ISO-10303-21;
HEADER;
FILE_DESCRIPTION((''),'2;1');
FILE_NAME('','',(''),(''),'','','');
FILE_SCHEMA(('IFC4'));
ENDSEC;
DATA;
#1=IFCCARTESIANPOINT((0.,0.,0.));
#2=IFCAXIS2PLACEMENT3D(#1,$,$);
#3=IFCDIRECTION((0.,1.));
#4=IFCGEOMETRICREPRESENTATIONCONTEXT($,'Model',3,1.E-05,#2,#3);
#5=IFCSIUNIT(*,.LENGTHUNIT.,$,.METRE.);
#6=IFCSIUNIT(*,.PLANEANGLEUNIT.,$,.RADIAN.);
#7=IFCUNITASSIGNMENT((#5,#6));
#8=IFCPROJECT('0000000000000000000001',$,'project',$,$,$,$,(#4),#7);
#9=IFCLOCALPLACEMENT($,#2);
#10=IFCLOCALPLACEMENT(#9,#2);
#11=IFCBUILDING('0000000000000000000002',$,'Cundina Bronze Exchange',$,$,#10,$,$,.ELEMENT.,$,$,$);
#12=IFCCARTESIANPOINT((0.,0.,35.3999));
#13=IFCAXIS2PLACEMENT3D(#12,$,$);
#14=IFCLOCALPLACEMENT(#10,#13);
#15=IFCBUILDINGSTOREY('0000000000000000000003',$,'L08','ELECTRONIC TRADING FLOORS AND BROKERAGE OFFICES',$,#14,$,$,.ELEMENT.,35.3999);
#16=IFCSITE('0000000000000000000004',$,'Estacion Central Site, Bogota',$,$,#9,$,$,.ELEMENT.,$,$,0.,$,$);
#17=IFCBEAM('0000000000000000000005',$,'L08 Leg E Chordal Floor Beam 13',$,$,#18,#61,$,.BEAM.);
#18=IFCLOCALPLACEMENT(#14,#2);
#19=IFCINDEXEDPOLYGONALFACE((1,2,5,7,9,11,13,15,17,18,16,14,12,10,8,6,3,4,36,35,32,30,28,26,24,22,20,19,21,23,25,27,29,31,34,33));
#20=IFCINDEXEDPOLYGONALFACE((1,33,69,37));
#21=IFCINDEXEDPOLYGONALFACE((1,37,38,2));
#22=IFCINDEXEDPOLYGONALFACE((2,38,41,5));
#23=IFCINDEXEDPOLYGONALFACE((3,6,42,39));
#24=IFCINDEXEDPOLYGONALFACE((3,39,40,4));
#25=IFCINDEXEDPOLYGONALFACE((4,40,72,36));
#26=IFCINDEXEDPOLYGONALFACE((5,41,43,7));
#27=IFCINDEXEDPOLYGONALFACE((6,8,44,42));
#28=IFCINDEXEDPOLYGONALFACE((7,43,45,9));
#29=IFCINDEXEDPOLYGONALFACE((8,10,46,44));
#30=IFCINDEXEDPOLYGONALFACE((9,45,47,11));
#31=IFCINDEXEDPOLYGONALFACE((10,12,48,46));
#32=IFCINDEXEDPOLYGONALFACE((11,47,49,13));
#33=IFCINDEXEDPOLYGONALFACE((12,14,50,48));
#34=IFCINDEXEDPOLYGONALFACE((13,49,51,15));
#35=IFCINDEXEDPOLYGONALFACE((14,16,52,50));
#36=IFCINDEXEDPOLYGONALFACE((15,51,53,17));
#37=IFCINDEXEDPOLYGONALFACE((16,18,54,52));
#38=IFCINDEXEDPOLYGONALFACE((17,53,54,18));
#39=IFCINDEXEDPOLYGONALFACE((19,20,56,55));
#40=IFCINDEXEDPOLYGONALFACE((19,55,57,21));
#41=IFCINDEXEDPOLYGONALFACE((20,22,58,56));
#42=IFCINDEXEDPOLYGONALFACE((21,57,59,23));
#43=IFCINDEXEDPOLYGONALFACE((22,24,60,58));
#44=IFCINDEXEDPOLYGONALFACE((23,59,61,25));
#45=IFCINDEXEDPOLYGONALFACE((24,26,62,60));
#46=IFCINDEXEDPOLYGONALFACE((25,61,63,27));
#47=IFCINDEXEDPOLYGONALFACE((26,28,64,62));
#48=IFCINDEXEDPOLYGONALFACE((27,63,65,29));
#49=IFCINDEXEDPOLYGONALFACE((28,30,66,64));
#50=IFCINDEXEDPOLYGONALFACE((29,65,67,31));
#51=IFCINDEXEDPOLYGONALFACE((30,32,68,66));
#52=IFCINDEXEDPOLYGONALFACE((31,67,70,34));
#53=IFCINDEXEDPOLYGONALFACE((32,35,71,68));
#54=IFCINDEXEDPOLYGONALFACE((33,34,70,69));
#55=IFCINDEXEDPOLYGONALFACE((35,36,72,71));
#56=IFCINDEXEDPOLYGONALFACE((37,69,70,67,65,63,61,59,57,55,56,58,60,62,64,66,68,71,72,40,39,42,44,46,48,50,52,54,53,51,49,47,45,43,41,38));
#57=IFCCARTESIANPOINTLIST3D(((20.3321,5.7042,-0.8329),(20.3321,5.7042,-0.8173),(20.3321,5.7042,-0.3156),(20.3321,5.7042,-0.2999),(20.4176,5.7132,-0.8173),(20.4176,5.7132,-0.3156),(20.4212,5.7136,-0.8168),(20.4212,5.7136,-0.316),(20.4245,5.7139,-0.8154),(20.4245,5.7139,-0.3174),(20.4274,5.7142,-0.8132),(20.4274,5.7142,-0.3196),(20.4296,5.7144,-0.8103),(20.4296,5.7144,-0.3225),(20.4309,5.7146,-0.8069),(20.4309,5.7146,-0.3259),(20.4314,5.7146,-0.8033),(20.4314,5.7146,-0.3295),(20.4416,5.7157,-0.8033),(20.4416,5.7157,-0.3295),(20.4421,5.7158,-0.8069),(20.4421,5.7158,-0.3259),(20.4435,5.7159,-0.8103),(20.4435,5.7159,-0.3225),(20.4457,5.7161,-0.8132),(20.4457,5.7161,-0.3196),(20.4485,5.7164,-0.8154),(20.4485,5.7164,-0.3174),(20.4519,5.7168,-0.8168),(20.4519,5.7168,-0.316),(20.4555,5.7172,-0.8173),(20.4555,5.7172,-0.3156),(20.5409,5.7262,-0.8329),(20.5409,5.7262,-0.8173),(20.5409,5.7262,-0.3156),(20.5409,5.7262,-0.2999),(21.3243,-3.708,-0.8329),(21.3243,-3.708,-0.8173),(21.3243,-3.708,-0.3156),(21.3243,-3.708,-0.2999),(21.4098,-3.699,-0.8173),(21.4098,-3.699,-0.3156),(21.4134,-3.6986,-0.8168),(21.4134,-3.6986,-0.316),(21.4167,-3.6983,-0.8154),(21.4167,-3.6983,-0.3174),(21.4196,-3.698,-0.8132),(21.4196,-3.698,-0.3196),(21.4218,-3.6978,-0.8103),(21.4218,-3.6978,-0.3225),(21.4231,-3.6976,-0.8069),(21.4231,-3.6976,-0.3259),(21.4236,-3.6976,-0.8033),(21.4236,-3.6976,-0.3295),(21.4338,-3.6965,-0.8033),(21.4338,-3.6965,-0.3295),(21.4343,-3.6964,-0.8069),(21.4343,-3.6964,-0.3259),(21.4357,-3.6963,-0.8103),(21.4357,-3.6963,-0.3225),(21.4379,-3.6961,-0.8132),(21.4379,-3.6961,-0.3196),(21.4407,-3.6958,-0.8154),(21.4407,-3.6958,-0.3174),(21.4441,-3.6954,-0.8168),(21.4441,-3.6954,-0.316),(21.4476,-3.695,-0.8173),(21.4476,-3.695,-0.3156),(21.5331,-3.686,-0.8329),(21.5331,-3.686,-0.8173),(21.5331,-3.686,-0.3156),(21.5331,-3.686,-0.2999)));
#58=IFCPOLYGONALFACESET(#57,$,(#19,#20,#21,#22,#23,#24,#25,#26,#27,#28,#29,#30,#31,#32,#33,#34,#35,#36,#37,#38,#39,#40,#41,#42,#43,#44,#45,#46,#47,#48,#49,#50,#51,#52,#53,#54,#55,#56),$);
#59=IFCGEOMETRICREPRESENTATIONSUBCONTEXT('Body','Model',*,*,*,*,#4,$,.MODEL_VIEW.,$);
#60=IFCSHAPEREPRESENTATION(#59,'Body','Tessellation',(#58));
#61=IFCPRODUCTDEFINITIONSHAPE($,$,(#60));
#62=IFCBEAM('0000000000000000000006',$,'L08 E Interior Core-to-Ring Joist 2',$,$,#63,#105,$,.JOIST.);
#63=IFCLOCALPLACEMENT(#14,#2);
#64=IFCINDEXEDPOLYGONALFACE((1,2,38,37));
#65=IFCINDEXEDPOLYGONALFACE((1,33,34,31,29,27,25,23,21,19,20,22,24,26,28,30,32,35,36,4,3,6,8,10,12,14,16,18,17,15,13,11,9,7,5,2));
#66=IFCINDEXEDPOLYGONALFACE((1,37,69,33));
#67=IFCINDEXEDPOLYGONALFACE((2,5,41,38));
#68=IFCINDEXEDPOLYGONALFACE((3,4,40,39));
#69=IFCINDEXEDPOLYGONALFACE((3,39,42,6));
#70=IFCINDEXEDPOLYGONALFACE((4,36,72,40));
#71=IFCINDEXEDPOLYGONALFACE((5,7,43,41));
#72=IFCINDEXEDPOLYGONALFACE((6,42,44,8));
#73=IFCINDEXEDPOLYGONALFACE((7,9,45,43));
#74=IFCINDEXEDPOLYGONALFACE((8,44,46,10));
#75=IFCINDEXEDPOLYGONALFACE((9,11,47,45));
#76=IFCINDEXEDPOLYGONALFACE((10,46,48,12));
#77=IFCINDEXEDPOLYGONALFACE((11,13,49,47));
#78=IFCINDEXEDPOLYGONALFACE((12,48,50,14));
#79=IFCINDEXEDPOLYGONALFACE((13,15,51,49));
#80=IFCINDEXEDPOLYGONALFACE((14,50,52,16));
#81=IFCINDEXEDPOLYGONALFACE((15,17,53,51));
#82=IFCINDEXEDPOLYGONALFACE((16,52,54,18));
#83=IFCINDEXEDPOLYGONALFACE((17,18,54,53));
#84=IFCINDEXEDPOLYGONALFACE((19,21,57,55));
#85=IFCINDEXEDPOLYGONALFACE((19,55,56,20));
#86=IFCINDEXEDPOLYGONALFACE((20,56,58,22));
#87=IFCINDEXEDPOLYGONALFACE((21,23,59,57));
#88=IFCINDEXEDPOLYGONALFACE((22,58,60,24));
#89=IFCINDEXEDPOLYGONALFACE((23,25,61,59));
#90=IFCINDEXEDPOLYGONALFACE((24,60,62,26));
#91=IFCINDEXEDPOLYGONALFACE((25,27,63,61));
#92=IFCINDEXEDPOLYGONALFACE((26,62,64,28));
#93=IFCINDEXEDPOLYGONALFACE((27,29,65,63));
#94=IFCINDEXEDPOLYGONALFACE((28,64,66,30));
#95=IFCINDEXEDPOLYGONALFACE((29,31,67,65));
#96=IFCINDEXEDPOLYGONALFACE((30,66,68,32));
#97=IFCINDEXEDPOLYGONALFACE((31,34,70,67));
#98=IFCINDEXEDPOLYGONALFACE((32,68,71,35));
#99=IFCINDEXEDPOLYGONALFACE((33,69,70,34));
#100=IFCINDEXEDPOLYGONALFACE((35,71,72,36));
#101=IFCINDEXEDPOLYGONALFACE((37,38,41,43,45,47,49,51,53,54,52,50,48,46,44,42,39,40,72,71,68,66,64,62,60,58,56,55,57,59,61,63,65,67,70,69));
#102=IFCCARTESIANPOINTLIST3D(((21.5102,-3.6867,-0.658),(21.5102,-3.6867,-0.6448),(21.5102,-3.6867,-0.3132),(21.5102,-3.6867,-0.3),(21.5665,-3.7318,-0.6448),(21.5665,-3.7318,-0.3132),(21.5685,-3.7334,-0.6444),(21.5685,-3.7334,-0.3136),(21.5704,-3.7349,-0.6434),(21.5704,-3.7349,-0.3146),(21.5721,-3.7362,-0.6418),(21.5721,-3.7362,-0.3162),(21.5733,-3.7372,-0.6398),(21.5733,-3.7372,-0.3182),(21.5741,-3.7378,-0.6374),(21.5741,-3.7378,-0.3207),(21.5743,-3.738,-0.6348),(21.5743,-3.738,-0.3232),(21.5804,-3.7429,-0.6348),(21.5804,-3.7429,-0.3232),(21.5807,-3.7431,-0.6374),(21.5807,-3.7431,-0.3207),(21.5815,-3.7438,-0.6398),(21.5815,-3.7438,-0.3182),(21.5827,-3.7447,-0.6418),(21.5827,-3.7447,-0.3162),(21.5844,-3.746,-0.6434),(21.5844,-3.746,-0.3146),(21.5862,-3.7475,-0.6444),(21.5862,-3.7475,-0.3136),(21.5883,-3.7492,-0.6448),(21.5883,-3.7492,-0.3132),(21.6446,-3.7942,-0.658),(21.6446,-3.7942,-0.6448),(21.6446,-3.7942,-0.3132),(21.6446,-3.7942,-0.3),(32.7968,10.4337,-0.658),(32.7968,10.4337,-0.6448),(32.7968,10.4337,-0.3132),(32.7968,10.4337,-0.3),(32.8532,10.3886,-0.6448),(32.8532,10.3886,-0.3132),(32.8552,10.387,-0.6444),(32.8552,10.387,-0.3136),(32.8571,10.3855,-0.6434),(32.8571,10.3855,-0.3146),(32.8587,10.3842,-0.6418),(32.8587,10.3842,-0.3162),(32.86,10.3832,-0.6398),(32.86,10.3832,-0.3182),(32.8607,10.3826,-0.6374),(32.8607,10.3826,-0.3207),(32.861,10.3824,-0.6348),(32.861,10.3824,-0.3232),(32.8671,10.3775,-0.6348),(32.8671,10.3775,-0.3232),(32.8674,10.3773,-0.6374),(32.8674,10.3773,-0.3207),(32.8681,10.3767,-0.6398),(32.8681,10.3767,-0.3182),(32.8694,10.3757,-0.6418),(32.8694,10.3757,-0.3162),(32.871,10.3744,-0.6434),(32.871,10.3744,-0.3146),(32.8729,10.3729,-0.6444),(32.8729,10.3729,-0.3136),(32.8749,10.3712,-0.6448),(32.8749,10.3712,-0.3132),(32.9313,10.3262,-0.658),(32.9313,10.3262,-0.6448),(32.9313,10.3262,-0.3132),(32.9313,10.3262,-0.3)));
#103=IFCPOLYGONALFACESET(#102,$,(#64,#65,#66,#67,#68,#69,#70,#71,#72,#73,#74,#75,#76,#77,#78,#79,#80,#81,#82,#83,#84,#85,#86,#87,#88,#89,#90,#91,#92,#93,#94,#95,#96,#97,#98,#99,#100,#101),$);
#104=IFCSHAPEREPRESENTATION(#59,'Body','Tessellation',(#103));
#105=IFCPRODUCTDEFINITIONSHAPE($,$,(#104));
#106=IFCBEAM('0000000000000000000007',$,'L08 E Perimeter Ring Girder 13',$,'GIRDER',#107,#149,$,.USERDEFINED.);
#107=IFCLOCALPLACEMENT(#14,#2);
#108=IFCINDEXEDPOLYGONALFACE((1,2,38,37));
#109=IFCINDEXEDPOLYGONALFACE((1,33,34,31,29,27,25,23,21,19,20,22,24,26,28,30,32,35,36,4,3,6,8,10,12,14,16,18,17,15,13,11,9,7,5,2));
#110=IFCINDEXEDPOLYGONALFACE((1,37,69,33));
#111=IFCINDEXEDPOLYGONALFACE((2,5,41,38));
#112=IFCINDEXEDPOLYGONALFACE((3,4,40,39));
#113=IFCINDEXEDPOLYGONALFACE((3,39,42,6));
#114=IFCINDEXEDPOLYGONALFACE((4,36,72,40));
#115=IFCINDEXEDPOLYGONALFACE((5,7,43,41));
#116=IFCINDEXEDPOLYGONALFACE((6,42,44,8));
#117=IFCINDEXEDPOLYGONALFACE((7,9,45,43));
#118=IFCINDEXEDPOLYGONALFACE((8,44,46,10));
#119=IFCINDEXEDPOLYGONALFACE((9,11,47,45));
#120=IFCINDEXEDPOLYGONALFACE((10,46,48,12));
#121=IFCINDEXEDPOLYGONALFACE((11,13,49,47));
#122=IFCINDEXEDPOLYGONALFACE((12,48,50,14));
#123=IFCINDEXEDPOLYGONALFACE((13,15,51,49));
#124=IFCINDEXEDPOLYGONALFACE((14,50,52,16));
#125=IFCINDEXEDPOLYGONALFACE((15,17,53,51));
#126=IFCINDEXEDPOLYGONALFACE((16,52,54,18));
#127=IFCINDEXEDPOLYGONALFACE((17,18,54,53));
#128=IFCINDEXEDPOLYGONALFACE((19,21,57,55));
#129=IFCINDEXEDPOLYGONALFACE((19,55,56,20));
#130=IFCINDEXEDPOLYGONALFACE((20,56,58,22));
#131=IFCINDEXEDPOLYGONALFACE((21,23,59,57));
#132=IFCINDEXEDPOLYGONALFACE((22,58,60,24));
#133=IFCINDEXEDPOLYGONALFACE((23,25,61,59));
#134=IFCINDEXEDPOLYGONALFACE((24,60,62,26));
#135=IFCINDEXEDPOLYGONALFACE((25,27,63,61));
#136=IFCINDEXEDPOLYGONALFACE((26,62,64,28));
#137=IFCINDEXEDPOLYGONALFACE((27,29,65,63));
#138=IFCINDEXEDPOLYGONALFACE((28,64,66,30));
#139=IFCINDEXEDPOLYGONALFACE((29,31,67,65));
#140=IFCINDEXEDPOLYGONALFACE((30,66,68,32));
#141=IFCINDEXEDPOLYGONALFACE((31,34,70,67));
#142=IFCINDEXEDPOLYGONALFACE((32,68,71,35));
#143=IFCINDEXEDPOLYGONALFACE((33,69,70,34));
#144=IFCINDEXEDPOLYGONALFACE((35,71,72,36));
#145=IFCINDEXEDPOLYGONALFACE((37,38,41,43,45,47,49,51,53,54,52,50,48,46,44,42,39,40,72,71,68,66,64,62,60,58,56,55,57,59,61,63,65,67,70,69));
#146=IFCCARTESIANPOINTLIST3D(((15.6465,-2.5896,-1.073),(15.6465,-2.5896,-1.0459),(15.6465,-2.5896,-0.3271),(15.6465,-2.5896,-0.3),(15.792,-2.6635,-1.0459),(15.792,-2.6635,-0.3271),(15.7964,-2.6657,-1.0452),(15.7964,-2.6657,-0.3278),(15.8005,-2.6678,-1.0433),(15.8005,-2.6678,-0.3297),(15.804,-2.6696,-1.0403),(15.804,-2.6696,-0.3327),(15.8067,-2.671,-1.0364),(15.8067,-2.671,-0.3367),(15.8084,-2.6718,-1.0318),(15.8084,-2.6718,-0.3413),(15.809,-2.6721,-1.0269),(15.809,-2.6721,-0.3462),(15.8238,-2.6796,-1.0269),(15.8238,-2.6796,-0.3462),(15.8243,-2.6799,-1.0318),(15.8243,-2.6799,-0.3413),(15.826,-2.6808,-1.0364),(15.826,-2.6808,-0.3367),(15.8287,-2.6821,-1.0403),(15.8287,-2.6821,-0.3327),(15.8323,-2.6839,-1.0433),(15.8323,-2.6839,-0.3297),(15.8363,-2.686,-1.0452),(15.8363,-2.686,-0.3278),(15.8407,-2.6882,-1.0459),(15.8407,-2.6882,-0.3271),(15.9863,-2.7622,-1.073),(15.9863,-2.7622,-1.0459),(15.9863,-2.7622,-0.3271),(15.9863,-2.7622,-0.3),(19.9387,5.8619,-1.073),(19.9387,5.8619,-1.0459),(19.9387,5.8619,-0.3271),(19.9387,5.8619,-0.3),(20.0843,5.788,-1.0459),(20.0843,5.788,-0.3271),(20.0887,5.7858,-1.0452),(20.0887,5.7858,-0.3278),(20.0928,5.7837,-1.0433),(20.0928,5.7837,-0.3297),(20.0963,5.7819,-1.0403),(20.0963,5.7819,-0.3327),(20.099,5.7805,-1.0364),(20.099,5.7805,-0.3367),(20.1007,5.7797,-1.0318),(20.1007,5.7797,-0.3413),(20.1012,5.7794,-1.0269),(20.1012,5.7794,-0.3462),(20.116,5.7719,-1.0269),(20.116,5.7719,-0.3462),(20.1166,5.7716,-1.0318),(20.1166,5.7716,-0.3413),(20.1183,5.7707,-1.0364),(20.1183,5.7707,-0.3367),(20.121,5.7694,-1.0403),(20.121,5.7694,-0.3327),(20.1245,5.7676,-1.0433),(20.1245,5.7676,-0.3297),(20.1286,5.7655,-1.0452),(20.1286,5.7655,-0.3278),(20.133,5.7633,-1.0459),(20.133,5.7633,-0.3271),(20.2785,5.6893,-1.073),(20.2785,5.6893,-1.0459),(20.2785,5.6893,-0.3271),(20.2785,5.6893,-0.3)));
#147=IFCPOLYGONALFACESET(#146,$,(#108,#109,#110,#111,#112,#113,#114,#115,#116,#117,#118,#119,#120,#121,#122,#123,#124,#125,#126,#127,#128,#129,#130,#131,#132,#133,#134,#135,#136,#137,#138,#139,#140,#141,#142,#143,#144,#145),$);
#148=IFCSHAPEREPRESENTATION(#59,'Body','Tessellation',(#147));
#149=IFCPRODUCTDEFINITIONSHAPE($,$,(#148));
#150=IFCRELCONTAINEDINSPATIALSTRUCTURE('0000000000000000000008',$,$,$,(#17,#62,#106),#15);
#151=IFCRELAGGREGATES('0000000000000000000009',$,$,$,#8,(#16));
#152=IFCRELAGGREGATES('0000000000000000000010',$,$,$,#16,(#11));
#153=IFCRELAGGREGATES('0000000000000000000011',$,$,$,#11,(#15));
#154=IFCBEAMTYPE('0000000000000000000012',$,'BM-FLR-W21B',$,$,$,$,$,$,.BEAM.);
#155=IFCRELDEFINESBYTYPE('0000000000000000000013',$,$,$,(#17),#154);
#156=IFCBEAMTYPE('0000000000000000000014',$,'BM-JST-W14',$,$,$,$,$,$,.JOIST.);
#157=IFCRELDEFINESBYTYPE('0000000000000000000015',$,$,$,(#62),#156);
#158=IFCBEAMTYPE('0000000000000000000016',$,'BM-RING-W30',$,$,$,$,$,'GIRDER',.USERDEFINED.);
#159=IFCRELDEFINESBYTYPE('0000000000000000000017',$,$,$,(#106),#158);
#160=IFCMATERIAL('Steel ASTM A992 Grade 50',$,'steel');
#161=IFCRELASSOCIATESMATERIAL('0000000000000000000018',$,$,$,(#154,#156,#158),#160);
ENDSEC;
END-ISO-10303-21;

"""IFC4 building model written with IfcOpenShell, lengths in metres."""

from ifc_helpers import new_model, si_unit, direction, frame, origin, origin_2d, place, context, subcontext, project, spatial, i_section, extrude, material, material_profile, profile_set, type_object, element, save


model = new_model("IFC4")

# Units and contexts
model_context = context("Model", 3, precision=1e-05, world=origin(), true_north=direction((0.0, 1.0)))
body_context = subcontext(model_context, "Body", "Model", "MODEL_VIEW")
ifc_project = project(units=[si_unit("LENGTHUNIT", "METRE"), si_unit("PLANEANGLEUNIT", "RADIAN")], contexts=[model_context])

# Site, building, storey
site_placement = place(None, origin())
site = spatial("IfcSite", under=ifc_project, at=site_placement, Name="Estacion Central Site, Bogota", CompositionType="ELEMENT", RefElevation=0.0)
building_placement = place(site_placement, origin())
building = spatial("IfcBuilding", under=site, at=building_placement, Name="Cundina Bronze Exchange", CompositionType="ELEMENT")
storey_placement = place(building_placement, frame((0.0, 0.0, 35.3999)))
storey = spatial("IfcBuildingStorey", under=building, at=storey_placement, Name="L08", Description="ELECTRONIC TRADING FLOORS AND BROKERAGE OFFICES", CompositionType="ELEMENT", Elevation=35.3999)

# Shared definitions
ifc_material_1 = material(Name="Steel ASTM A992 Grade 50", Category="steel")

# Beams
ifc_material_profile_1 = material_profile(ifc_material_1, i_section(OverallWidth=0.21, OverallDepth=0.533, WebThickness=0.0103, FlangeThickness=0.0156, FilletRadius=0.0139, at=origin_2d()), Name="W21X62", Category="steel")
ifc_profile_set_1 = profile_set([ifc_material_profile_1], Name="Steel ASTM A992 Grade 50")
beam_type_1 = type_object("IfcBeamType", Name="BM-FLR-W21B", PredefinedType="BEAM", material=ifc_profile_set_1)
beam_1_placement = place(storey_placement, frame((21.4287, -3.697, -0.5664), z_axis=(-0.104835, 0.99449, 0.0), x_axis=(-0.99449, -0.104835, 0.0)))
element("IfcBeam", 1, at=beam_1_placement, inside=storey, type_object=beam_type_1, Name="L08 Leg E Chordal Floor Beam 13", PredefinedType="BEAM", context=body_context, shape_type="SweptSolid", body=[
    extrude(i_section(OverallWidth=0.21, OverallDepth=0.533, WebThickness=0.0103, FlangeThickness=0.0156, FilletRadius=0.0139, at=origin_2d()), origin(), (0.0, 0.0, 1.0), 9.4644),
])
ifc_material_profile_2 = material_profile(ifc_material_1, i_section(OverallWidth=0.1721, OverallDepth=0.3579, WebThickness=0.0078, FlangeThickness=0.0132, FilletRadius=0.01, at=origin_2d()), Name="W14X38", Category="steel")
ifc_profile_set_2 = profile_set([ifc_material_profile_2], Name="Steel ASTM A992 Grade 50")
beam_type_2 = type_object("IfcBeamType", Name="BM-JST-W14", PredefinedType="JOIST", material=ifc_profile_set_2)
beam_2_placement = place(storey_placement, frame((21.5774, -3.7405, -0.479), z_axis=(0.624369, 0.78113, 0.0), x_axis=(-0.78113, 0.624369, 0.0)))
element("IfcBeam", 2, at=beam_2_placement, inside=storey, type_object=beam_type_2, Name="L08 E Interior Core-to-Ring Joist 2", PredefinedType="JOIST", context=body_context, shape_type="SweptSolid", body=[
    extrude(i_section(OverallWidth=0.1721, OverallDepth=0.3579, WebThickness=0.0078, FlangeThickness=0.0132, FilletRadius=0.01, at=origin_2d()), origin(), (0.0, 0.0, 1.0), 18.0769),
])
ifc_material_profile_3 = material_profile(ifc_material_1, i_section(OverallWidth=0.3811, OverallDepth=0.7729, WebThickness=0.0166, FlangeThickness=0.0271, FilletRadius=0.019, at=origin_2d()), Name="W30X173", Category="steel")
ifc_profile_set_3 = profile_set([ifc_material_profile_3], Name="Steel ASTM A992 Grade 50")
beam_type_3 = type_object("IfcBeamType", Name="BM-RING-W30", ElementType="GIRDER", PredefinedType="USERDEFINED", material=ifc_profile_set_3)
beam_3_placement = place(storey_placement, frame((20.1086, 5.7756, -0.6865), z_axis=(-0.45282, -0.891602, 0.0), x_axis=(0.891602, -0.45282, 0.0)))
element("IfcBeam", 3, at=beam_3_placement, inside=storey, type_object=beam_type_3, Name="L08 E Perimeter Ring Girder 13", ObjectType="GIRDER", PredefinedType="USERDEFINED", context=body_context, shape_type="SweptSolid", body=[
    extrude(i_section(OverallWidth=0.3811, OverallDepth=0.7729, WebThickness=0.0166, FlangeThickness=0.0271, FilletRadius=0.019, at=origin_2d()), origin(), (0.0, 0.0, 1.0), 9.479),
])

save(model, "model.ifc")
